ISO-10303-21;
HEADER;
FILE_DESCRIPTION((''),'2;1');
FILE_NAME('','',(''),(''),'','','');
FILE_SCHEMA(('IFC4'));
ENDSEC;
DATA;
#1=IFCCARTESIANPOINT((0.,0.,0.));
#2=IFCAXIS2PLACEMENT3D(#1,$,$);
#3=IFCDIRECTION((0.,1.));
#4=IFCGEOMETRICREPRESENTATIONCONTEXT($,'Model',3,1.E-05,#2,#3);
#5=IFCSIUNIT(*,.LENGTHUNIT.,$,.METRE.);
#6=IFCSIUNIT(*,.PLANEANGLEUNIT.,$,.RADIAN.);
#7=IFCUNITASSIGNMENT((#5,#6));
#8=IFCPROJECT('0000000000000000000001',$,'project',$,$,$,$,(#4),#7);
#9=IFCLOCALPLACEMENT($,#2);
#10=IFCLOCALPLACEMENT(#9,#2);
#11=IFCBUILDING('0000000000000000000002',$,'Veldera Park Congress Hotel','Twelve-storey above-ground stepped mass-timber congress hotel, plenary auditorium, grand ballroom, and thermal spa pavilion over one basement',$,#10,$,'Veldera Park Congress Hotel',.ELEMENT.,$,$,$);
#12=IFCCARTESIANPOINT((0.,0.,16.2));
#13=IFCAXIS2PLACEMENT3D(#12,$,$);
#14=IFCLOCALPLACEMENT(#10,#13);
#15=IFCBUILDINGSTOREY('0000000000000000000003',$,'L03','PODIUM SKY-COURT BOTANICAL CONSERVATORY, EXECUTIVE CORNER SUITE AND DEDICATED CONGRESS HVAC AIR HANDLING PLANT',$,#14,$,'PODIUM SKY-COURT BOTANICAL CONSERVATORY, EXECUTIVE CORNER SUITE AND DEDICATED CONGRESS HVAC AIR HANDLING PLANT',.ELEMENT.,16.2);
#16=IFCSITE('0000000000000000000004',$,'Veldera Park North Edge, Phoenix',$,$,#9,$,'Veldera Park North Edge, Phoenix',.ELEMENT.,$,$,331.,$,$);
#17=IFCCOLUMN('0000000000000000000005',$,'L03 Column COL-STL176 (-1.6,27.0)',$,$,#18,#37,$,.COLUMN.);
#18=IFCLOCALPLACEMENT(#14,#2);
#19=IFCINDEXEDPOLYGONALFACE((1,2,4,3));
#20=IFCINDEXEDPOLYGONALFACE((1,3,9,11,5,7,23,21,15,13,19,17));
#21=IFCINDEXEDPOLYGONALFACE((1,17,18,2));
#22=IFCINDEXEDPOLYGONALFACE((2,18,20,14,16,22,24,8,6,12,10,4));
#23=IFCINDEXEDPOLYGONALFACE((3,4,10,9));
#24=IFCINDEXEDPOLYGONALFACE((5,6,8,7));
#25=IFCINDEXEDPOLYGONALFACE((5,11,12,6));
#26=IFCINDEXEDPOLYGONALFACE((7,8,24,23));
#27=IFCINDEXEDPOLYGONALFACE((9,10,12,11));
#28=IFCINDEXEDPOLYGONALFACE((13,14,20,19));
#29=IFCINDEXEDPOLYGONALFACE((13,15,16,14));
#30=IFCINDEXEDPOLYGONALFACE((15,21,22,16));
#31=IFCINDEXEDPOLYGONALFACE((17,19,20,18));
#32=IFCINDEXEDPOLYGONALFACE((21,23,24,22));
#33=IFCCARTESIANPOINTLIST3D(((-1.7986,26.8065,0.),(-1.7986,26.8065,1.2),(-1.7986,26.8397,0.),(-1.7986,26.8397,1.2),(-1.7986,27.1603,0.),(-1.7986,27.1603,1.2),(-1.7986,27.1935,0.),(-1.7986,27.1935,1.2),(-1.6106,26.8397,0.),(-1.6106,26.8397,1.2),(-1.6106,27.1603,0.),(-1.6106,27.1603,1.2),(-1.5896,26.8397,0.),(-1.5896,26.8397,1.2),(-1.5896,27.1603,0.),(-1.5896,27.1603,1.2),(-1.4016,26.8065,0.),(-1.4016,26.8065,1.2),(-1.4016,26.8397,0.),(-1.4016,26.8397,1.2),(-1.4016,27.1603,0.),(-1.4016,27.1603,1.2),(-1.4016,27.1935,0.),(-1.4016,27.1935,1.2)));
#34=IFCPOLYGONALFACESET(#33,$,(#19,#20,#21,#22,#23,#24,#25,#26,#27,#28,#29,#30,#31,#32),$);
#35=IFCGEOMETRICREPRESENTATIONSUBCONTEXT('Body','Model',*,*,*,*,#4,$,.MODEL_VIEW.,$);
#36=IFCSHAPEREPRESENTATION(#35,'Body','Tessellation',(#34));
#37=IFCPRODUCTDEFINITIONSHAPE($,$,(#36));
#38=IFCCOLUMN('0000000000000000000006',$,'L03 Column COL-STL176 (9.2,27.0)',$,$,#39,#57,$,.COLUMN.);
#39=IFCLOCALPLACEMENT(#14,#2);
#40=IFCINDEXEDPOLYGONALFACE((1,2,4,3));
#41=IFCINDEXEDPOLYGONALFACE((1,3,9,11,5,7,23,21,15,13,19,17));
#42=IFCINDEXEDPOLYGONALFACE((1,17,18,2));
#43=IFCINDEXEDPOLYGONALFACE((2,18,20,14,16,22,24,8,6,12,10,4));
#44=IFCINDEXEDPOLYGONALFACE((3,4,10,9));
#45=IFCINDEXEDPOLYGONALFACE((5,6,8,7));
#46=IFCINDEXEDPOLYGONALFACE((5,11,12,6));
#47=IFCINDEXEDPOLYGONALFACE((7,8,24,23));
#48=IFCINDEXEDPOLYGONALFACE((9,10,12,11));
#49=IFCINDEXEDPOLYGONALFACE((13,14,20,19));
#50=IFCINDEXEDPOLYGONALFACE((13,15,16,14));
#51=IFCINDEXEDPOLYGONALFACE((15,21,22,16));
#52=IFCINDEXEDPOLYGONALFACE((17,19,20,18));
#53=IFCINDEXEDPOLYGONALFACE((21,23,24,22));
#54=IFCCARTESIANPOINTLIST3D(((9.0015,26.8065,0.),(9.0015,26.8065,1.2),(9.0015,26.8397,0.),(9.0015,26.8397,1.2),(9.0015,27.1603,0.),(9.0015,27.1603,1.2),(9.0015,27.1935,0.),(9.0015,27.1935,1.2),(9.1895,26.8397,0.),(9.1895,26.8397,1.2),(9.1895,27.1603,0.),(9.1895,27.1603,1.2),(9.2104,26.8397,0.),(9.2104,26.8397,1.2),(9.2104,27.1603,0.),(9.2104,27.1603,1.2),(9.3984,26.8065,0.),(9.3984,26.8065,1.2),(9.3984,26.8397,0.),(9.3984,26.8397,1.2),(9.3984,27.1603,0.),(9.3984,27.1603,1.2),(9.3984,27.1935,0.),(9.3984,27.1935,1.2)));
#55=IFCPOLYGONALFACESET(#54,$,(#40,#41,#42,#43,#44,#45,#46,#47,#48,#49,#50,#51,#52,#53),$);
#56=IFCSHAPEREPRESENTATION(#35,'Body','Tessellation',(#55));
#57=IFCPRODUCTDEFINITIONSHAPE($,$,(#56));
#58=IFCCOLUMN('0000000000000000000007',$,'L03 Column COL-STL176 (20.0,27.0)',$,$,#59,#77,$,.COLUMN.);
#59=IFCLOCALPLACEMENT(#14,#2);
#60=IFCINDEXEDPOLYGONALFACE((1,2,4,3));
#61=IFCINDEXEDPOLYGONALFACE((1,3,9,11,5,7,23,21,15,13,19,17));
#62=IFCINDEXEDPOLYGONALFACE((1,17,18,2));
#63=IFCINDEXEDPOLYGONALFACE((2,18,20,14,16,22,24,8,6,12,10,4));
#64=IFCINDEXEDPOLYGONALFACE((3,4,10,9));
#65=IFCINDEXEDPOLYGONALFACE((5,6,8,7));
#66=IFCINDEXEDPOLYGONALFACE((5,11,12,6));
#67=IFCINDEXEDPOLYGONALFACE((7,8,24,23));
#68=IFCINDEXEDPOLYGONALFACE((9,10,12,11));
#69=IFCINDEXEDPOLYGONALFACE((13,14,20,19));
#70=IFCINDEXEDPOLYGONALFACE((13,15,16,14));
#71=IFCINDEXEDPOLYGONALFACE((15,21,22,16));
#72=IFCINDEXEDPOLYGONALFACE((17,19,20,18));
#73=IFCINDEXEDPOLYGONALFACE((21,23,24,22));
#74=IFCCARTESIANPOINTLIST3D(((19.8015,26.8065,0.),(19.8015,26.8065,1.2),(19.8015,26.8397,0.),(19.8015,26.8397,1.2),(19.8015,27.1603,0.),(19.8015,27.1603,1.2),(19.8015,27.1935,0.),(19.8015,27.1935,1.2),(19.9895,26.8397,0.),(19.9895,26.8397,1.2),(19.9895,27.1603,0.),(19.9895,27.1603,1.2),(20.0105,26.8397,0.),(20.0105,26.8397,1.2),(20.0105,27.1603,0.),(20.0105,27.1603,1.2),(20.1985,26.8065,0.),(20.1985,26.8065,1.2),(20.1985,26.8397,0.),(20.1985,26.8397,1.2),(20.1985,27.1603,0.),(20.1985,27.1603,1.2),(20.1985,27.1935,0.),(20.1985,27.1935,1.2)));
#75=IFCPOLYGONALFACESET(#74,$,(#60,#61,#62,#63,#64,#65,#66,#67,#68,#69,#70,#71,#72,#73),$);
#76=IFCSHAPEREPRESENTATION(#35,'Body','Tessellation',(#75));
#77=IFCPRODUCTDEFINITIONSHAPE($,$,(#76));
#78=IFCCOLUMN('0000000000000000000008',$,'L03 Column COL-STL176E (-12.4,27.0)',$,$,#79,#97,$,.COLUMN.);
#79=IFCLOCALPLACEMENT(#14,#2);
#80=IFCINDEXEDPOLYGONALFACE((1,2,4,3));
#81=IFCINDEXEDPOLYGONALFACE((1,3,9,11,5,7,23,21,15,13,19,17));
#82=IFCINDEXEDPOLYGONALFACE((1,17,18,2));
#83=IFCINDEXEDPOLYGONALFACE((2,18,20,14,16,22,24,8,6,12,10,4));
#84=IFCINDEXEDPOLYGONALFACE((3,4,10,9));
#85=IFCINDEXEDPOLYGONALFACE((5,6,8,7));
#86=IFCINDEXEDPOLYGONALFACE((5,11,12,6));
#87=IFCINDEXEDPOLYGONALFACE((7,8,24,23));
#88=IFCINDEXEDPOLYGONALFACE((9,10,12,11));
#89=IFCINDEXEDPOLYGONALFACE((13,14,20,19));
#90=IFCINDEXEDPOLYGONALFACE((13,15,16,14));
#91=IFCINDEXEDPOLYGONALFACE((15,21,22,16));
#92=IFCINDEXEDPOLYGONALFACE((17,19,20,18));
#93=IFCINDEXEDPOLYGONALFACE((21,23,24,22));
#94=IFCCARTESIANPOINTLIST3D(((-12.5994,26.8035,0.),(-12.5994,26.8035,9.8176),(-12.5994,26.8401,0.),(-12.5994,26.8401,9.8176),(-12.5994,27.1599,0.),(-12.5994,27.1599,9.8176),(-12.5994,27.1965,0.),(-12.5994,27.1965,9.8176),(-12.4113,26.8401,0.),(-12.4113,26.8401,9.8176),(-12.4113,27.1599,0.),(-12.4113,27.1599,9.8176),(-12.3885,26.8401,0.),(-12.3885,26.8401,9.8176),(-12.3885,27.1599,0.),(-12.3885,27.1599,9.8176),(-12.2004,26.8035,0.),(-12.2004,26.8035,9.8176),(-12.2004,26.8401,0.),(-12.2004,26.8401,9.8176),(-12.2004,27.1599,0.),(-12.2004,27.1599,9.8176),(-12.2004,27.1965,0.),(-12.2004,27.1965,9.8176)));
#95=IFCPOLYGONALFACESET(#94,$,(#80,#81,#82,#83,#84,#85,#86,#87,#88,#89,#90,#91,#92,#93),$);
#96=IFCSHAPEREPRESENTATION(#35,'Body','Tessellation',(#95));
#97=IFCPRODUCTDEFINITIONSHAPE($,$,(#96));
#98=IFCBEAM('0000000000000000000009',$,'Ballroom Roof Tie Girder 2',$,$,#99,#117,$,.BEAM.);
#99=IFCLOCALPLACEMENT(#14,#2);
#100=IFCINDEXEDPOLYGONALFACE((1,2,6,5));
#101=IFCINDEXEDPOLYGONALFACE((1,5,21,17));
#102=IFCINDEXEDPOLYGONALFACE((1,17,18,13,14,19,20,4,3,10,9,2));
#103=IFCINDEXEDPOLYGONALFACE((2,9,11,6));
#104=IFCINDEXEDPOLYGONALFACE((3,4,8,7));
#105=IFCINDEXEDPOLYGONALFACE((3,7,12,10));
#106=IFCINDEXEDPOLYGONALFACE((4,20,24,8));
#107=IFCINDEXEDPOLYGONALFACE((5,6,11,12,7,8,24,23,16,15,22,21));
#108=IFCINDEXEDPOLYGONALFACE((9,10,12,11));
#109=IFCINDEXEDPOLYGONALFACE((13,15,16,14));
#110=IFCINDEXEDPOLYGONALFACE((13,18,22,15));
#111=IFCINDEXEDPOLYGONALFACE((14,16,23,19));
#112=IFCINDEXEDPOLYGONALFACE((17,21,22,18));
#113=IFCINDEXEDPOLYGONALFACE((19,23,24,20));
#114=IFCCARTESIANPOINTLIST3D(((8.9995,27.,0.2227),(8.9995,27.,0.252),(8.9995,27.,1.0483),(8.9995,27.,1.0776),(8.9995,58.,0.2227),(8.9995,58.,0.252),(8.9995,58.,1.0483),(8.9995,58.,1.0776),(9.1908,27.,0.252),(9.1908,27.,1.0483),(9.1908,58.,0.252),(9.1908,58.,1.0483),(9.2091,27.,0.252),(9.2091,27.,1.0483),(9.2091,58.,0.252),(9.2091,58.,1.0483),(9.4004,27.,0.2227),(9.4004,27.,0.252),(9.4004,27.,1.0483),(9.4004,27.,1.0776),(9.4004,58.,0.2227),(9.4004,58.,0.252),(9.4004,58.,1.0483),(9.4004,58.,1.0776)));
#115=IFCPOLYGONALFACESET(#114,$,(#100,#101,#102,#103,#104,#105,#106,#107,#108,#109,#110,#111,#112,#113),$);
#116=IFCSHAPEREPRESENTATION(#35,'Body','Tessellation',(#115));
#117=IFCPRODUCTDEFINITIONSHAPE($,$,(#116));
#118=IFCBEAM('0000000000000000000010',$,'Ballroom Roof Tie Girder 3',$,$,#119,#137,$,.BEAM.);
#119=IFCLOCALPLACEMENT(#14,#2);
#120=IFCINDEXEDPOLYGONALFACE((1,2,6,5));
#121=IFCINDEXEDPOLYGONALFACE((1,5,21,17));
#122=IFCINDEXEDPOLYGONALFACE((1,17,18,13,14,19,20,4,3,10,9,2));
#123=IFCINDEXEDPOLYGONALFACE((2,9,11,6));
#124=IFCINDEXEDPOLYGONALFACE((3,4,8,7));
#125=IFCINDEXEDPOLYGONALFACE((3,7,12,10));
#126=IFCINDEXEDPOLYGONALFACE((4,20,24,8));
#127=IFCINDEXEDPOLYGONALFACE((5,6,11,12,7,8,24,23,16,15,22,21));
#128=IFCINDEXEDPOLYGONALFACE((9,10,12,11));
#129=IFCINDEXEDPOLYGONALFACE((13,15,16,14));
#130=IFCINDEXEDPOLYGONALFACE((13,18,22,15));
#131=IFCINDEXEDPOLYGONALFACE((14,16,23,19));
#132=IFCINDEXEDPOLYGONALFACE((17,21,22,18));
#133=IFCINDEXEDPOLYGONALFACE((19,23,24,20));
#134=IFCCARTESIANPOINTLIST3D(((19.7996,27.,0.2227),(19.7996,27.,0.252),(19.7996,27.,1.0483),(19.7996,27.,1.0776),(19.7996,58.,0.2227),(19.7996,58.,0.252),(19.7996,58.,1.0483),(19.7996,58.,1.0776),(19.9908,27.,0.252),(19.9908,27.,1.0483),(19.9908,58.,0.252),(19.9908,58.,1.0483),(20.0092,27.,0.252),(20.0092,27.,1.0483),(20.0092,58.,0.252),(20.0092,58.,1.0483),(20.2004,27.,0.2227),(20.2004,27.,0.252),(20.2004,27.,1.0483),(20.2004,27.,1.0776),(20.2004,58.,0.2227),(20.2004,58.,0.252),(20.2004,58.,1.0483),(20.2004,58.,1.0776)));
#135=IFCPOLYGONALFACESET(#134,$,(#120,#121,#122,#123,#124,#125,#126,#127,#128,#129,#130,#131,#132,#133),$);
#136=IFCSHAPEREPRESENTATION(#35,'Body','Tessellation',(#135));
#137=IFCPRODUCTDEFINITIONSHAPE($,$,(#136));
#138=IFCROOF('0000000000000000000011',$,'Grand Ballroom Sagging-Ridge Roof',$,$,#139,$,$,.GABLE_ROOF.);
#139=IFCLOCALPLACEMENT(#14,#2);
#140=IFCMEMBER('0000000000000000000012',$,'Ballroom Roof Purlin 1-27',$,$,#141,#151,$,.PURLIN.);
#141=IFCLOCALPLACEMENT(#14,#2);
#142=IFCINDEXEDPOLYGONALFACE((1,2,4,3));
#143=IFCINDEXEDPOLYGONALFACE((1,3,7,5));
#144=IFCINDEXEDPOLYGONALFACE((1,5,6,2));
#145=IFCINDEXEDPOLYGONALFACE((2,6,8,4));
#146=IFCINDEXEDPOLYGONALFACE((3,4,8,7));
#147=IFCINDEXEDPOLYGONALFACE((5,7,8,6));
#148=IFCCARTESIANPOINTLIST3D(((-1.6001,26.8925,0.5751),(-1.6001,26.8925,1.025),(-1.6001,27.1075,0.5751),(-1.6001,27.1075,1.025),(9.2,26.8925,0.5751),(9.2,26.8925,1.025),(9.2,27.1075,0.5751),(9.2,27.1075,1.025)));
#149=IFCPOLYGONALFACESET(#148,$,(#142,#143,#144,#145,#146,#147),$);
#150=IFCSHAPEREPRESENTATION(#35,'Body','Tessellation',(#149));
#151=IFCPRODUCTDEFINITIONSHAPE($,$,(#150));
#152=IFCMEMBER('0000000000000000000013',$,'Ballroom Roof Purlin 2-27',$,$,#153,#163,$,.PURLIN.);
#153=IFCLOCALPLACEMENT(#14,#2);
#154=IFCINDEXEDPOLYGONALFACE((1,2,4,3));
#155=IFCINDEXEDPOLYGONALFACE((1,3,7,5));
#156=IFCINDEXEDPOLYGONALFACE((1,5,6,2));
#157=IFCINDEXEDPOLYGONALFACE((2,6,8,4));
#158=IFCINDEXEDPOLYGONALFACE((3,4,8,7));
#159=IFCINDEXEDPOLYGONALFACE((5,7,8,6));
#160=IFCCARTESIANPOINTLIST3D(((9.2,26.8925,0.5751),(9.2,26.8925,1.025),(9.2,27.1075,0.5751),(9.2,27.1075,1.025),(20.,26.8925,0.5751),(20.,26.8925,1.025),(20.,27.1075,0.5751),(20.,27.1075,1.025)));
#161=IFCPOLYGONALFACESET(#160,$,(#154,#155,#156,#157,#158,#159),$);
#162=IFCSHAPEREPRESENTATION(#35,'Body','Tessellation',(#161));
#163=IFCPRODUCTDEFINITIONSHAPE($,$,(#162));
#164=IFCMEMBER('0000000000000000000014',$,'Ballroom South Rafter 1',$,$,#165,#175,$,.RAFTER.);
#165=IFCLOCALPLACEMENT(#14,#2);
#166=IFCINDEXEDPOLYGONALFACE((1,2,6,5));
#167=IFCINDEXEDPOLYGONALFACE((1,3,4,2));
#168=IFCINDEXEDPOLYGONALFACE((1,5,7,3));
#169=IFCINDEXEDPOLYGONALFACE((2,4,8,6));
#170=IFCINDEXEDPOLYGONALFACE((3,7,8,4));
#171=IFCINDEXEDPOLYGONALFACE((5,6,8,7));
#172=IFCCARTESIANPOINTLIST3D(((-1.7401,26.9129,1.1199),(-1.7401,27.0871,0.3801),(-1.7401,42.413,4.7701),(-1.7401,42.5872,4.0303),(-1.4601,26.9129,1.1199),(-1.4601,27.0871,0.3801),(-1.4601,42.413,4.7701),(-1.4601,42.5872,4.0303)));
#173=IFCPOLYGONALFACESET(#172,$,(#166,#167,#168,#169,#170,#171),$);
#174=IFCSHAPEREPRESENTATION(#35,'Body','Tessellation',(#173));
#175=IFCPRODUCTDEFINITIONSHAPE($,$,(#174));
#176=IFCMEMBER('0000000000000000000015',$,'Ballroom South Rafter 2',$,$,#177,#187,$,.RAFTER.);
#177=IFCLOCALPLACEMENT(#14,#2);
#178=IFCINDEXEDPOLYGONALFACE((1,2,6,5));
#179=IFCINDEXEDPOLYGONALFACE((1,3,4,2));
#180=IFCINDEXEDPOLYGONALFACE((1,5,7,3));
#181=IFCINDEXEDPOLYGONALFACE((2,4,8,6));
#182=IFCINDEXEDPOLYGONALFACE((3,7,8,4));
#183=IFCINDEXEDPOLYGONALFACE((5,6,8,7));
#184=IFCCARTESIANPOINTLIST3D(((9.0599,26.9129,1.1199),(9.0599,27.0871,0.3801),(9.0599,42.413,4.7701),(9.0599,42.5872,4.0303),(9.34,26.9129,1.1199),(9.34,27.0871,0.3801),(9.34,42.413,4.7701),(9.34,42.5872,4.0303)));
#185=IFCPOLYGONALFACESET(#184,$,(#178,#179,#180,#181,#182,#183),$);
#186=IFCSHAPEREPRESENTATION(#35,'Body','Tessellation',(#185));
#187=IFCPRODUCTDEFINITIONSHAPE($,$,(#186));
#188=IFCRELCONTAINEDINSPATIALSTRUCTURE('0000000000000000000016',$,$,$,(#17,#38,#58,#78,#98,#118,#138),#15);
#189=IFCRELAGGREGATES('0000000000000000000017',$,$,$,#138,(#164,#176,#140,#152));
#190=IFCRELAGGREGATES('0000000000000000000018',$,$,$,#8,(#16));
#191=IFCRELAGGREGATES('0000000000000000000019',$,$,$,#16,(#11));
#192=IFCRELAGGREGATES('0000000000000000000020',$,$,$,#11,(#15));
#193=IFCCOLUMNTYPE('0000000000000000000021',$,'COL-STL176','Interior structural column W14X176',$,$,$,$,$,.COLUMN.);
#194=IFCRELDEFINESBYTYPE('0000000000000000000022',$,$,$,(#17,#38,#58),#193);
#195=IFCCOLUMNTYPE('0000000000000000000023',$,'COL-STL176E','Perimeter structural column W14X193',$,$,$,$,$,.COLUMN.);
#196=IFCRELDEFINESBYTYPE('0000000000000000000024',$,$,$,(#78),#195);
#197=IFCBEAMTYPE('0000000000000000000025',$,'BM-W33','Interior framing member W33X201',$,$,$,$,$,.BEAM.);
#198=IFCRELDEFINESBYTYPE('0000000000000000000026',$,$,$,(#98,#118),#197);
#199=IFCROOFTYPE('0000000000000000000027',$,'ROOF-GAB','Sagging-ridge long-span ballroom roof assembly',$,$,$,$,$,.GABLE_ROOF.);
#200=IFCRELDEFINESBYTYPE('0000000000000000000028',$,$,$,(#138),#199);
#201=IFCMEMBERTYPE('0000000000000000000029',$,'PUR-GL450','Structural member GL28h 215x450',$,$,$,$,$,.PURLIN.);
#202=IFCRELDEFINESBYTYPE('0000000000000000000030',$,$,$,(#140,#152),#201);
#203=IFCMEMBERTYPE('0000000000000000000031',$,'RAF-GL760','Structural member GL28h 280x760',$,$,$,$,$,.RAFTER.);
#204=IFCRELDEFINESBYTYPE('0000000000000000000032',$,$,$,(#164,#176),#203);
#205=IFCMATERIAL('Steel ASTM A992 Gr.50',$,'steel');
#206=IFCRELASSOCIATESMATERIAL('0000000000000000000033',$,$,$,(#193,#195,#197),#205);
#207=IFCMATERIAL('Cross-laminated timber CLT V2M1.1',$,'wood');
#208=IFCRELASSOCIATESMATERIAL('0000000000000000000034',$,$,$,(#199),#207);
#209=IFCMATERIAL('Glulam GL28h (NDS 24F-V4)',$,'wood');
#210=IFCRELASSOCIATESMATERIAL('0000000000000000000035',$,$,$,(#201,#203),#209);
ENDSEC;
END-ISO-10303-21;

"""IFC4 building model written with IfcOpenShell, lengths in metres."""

from ifc_helpers import new_model, si_unit, direction, frame, origin, origin_2d, place, context, subcontext, project, spatial, rectangle, i_section, extrude, material, material_profile, profile_set, type_object, element, aggregate, save


model = new_model("IFC4")

# Units and contexts
model_context = context("Model", 3, precision=1e-05, world=origin(), true_north=direction((0.0, 1.0)))
body_context = subcontext(model_context, "Body", "Model", "MODEL_VIEW")
ifc_project = project(units=[si_unit("LENGTHUNIT", "METRE"), si_unit("PLANEANGLEUNIT", "RADIAN")], contexts=[model_context])

# Site, building, storey
site_placement = place(None, origin())
site = spatial("IfcSite", under=ifc_project, at=site_placement, Name="Veldera Park North Edge, Phoenix", LongName="Veldera Park North Edge, Phoenix", CompositionType="ELEMENT", RefElevation=331.0)
building_placement = place(site_placement, origin())
building = spatial("IfcBuilding", under=site, at=building_placement, Name="Veldera Park Congress Hotel", Description="Twelve-storey above-ground stepped mass-timber congress hotel, plenary auditorium, grand ballroom, and thermal spa pavilion over one basement", LongName="Veldera Park Congress Hotel", CompositionType="ELEMENT")
storey_placement = place(building_placement, frame((0.0, 0.0, 16.2)))
storey = spatial("IfcBuildingStorey", under=building, at=storey_placement, Name="L03", Description="PODIUM SKY-COURT BOTANICAL CONSERVATORY, EXECUTIVE CORNER SUITE AND DEDICATED CONGRESS HVAC AIR HANDLING PLANT", LongName="PODIUM SKY-COURT BOTANICAL CONSERVATORY, EXECUTIVE CORNER SUITE AND DEDICATED CONGRESS HVAC AIR HANDLING PLANT", CompositionType="ELEMENT", Elevation=16.2)

# Columns
ifc_material_1 = material(Name="Steel ASTM A992 Gr.50", Category="steel")
ifc_material_profile_1 = material_profile(ifc_material_1, i_section(OverallWidth=0.397, OverallDepth=0.387, WebThickness=0.021, FlangeThickness=0.0332, at=origin_2d()), Name="W14X176")
ifc_profile_set_1 = profile_set([ifc_material_profile_1], Name="Steel ASTM A992 Gr.50")
column_type_1 = type_object("IfcColumnType", Name="COL-STL176", Description="Interior structural column W14X176", PredefinedType="COLUMN", material=ifc_profile_set_1)
for number, where, z_axis, x_axis, name in (
    (1, (-1.6001, 27.0, 0.0), (0.0, 0.0, 1.0), (1.0, 0.0, 0.0), "L03 Column COL-STL176 (-1.6,27.0)"),
    (2, (9.2, 27.0, 0.0), (0.0, 0.0, 1.0), (1.0, 0.0, 0.0), "L03 Column COL-STL176 (9.2,27.0)"),
    (3, (20.0, 27.0, 0.0), (0.0, 0.0, 1.0), (1.0, 0.0, 0.0), "L03 Column COL-STL176 (20.0,27.0)"),
):
    element("IfcColumn", number, at=place(storey_placement, frame(where, z_axis=z_axis, x_axis=x_axis)), inside=storey, type_object=column_type_1, Name=name, PredefinedType="COLUMN", context=body_context, shape_type="SweptSolid", body=[
        extrude(i_section(OverallWidth=0.397, OverallDepth=0.387, WebThickness=0.021, FlangeThickness=0.0332, at=origin_2d()), origin(), (0.0, 0.0, 1.0), 1.2),
    ])
ifc_material_profile_2 = material_profile(ifc_material_1, i_section(OverallWidth=0.3989, OverallDepth=0.3931, WebThickness=0.0227, FlangeThickness=0.0366, at=origin_2d()), Name="W14X193")
ifc_profile_set_2 = profile_set([ifc_material_profile_2], Name="Steel ASTM A992 Gr.50")
column_type_2 = type_object("IfcColumnType", Name="COL-STL176E", Description="Perimeter structural column W14X193", PredefinedType="COLUMN", material=ifc_profile_set_2)
column_placement = place(storey_placement, frame((-12.3999, 27.0, 0.0), z_axis=(0.0, 0.0, 1.0), x_axis=(1.0, 0.0, 0.0)))
element("IfcColumn", 4, at=column_placement, inside=storey, type_object=column_type_2, Name="L03 Column COL-STL176E (-12.4,27.0)", PredefinedType="COLUMN", context=body_context, shape_type="SweptSolid", body=[
    extrude(i_section(OverallWidth=0.3989, OverallDepth=0.3931, WebThickness=0.0227, FlangeThickness=0.0366, at=origin_2d()), origin(), (0.0, 0.0, 1.0), 9.8176),
])

# Beams
ifc_material_profile_3 = material_profile(ifc_material_1, i_section(OverallWidth=0.4009, OverallDepth=0.855, WebThickness=0.0183, FlangeThickness=0.0293, at=origin_2d()), Name="W33X201")
ifc_profile_set_3 = profile_set([ifc_material_profile_3], Name="Steel ASTM A992 Gr.50")
beam_type = type_object("IfcBeamType", Name="BM-W33", Description="Interior framing member W33X201", PredefinedType="BEAM", material=ifc_profile_set_3)
for number, where, z_axis, x_axis, name in (
    (5, (9.2, 27.0, 0.6501), (0.0, 1.0, 0.0), (-1.0, 0.0, 0.0), "Ballroom Roof Tie Girder 2"),
    (6, (20.0, 27.0, 0.6501), (0.0, 1.0, 0.0), (-1.0, 0.0, 0.0), "Ballroom Roof Tie Girder 3"),
):
    element("IfcBeam", number, at=place(storey_placement, frame(where, z_axis=z_axis, x_axis=x_axis)), inside=storey, type_object=beam_type, Name=name, PredefinedType="BEAM", context=body_context, shape_type="SweptSolid", body=[
        extrude(i_section(OverallWidth=0.4009, OverallDepth=0.855, WebThickness=0.0183, FlangeThickness=0.0293, at=origin_2d()), origin(), (0.0, 0.0, 1.0), 31.0),
    ])

# Roof, members
ifc_material_2 = material(Name="Cross-laminated timber CLT V2M1.1", Category="wood")
roof_type_1 = type_object("IfcRoofType", Name="ROOF-GAB", Description="Sagging-ridge long-span ballroom roof assembly", PredefinedType="GABLE_ROOF", material=ifc_material_2)
roof_1_placement = place(storey_placement, origin())
roof_1 = element("IfcRoof", 7, at=roof_1_placement, inside=storey, type_object=roof_type_1, Name="Grand Ballroom Sagging-Ridge Roof", PredefinedType="GABLE_ROOF")
ifc_material_3 = material(Name="Glulam GL28h (NDS 24F-V4)", Category="wood")
ifc_material_profile_4 = material_profile(ifc_material_3, rectangle(XDim=0.2151, YDim=0.45, at=origin_2d()), Name="GL28h 215x450")
ifc_profile_set_4 = profile_set([ifc_material_profile_4], Name="Glulam GL28h (NDS 24F-V4)")
member_type_1 = type_object("IfcMemberType", Name="PUR-GL450", Description="Structural member GL28h 215x450", PredefinedType="PURLIN", material=ifc_profile_set_4)
member_1_placement = place(storey_placement, frame((-1.6001, 27.0, 0.8), z_axis=(1.0, 0.0, 0.0), x_axis=(0.0, 1.0, 0.0)))
member_1 = element("IfcMember", 8, at=member_1_placement, type_object=member_type_1, Name="Ballroom Roof Purlin 1-27", PredefinedType="PURLIN", context=body_context, shape_type="SweptSolid", body=[
    extrude(rectangle(XDim=0.2151, YDim=0.45, at=origin_2d()), origin(), (0.0, 0.0, 1.0), 10.8),
])
member_2_placement = place(storey_placement, frame((9.2, 27.0, 0.8), z_axis=(1.0, 0.0, 0.0), x_axis=(0.0, 1.0, 0.0)))
member_2 = element("IfcMember", 9, at=member_2_placement, type_object=member_type_1, Name="Ballroom Roof Purlin 2-27", PredefinedType="PURLIN", context=body_context, shape_type="SweptSolid", body=[
    extrude(rectangle(XDim=0.2151, YDim=0.45, at=origin_2d()), origin(), (0.0, 0.0, 1.0), 10.8),
])
ifc_material_profile_5 = material_profile(ifc_material_3, rectangle(XDim=0.28, YDim=0.76, at=origin_2d()), Name="GL28h 280x760")
ifc_profile_set_5 = profile_set([ifc_material_profile_5], Name="Glulam GL28h (NDS 24F-V4)")
member_type_2 = type_object("IfcMemberType", Name="RAF-GL760", Description="Structural member GL28h 280x760", PredefinedType="RAFTER", material=ifc_profile_set_5)
member_3_placement = place(storey_placement, frame((-1.6001, 27.0, 0.75), z_axis=(0.0, 0.973374, 0.229223), x_axis=(-1.0, 0.0, 0.0)))
member_3 = element("IfcMember", 10, at=member_3_placement, type_object=member_type_2, Name="Ballroom South Rafter 1", PredefinedType="RAFTER", context=body_context, shape_type="SweptSolid", body=[
    extrude(rectangle(XDim=0.28, YDim=0.76, at=origin_2d()), origin(), (0.0, 0.0, 1.0), 15.9241),
])
member_4_placement = place(storey_placement, frame((9.2, 27.0, 0.75), z_axis=(0.0, 0.973374, 0.229223), x_axis=(-1.0, 0.0, 0.0)))
member_4 = element("IfcMember", 11, at=member_4_placement, type_object=member_type_2, Name="Ballroom South Rafter 2", PredefinedType="RAFTER", context=body_context, shape_type="SweptSolid", body=[
    extrude(rectangle(XDim=0.28, YDim=0.76, at=origin_2d()), origin(), (0.0, 0.0, 1.0), 15.9241),
])

aggregate(roof_1, [member_3, member_4, member_1, member_2])

save(model, "model.ifc")
